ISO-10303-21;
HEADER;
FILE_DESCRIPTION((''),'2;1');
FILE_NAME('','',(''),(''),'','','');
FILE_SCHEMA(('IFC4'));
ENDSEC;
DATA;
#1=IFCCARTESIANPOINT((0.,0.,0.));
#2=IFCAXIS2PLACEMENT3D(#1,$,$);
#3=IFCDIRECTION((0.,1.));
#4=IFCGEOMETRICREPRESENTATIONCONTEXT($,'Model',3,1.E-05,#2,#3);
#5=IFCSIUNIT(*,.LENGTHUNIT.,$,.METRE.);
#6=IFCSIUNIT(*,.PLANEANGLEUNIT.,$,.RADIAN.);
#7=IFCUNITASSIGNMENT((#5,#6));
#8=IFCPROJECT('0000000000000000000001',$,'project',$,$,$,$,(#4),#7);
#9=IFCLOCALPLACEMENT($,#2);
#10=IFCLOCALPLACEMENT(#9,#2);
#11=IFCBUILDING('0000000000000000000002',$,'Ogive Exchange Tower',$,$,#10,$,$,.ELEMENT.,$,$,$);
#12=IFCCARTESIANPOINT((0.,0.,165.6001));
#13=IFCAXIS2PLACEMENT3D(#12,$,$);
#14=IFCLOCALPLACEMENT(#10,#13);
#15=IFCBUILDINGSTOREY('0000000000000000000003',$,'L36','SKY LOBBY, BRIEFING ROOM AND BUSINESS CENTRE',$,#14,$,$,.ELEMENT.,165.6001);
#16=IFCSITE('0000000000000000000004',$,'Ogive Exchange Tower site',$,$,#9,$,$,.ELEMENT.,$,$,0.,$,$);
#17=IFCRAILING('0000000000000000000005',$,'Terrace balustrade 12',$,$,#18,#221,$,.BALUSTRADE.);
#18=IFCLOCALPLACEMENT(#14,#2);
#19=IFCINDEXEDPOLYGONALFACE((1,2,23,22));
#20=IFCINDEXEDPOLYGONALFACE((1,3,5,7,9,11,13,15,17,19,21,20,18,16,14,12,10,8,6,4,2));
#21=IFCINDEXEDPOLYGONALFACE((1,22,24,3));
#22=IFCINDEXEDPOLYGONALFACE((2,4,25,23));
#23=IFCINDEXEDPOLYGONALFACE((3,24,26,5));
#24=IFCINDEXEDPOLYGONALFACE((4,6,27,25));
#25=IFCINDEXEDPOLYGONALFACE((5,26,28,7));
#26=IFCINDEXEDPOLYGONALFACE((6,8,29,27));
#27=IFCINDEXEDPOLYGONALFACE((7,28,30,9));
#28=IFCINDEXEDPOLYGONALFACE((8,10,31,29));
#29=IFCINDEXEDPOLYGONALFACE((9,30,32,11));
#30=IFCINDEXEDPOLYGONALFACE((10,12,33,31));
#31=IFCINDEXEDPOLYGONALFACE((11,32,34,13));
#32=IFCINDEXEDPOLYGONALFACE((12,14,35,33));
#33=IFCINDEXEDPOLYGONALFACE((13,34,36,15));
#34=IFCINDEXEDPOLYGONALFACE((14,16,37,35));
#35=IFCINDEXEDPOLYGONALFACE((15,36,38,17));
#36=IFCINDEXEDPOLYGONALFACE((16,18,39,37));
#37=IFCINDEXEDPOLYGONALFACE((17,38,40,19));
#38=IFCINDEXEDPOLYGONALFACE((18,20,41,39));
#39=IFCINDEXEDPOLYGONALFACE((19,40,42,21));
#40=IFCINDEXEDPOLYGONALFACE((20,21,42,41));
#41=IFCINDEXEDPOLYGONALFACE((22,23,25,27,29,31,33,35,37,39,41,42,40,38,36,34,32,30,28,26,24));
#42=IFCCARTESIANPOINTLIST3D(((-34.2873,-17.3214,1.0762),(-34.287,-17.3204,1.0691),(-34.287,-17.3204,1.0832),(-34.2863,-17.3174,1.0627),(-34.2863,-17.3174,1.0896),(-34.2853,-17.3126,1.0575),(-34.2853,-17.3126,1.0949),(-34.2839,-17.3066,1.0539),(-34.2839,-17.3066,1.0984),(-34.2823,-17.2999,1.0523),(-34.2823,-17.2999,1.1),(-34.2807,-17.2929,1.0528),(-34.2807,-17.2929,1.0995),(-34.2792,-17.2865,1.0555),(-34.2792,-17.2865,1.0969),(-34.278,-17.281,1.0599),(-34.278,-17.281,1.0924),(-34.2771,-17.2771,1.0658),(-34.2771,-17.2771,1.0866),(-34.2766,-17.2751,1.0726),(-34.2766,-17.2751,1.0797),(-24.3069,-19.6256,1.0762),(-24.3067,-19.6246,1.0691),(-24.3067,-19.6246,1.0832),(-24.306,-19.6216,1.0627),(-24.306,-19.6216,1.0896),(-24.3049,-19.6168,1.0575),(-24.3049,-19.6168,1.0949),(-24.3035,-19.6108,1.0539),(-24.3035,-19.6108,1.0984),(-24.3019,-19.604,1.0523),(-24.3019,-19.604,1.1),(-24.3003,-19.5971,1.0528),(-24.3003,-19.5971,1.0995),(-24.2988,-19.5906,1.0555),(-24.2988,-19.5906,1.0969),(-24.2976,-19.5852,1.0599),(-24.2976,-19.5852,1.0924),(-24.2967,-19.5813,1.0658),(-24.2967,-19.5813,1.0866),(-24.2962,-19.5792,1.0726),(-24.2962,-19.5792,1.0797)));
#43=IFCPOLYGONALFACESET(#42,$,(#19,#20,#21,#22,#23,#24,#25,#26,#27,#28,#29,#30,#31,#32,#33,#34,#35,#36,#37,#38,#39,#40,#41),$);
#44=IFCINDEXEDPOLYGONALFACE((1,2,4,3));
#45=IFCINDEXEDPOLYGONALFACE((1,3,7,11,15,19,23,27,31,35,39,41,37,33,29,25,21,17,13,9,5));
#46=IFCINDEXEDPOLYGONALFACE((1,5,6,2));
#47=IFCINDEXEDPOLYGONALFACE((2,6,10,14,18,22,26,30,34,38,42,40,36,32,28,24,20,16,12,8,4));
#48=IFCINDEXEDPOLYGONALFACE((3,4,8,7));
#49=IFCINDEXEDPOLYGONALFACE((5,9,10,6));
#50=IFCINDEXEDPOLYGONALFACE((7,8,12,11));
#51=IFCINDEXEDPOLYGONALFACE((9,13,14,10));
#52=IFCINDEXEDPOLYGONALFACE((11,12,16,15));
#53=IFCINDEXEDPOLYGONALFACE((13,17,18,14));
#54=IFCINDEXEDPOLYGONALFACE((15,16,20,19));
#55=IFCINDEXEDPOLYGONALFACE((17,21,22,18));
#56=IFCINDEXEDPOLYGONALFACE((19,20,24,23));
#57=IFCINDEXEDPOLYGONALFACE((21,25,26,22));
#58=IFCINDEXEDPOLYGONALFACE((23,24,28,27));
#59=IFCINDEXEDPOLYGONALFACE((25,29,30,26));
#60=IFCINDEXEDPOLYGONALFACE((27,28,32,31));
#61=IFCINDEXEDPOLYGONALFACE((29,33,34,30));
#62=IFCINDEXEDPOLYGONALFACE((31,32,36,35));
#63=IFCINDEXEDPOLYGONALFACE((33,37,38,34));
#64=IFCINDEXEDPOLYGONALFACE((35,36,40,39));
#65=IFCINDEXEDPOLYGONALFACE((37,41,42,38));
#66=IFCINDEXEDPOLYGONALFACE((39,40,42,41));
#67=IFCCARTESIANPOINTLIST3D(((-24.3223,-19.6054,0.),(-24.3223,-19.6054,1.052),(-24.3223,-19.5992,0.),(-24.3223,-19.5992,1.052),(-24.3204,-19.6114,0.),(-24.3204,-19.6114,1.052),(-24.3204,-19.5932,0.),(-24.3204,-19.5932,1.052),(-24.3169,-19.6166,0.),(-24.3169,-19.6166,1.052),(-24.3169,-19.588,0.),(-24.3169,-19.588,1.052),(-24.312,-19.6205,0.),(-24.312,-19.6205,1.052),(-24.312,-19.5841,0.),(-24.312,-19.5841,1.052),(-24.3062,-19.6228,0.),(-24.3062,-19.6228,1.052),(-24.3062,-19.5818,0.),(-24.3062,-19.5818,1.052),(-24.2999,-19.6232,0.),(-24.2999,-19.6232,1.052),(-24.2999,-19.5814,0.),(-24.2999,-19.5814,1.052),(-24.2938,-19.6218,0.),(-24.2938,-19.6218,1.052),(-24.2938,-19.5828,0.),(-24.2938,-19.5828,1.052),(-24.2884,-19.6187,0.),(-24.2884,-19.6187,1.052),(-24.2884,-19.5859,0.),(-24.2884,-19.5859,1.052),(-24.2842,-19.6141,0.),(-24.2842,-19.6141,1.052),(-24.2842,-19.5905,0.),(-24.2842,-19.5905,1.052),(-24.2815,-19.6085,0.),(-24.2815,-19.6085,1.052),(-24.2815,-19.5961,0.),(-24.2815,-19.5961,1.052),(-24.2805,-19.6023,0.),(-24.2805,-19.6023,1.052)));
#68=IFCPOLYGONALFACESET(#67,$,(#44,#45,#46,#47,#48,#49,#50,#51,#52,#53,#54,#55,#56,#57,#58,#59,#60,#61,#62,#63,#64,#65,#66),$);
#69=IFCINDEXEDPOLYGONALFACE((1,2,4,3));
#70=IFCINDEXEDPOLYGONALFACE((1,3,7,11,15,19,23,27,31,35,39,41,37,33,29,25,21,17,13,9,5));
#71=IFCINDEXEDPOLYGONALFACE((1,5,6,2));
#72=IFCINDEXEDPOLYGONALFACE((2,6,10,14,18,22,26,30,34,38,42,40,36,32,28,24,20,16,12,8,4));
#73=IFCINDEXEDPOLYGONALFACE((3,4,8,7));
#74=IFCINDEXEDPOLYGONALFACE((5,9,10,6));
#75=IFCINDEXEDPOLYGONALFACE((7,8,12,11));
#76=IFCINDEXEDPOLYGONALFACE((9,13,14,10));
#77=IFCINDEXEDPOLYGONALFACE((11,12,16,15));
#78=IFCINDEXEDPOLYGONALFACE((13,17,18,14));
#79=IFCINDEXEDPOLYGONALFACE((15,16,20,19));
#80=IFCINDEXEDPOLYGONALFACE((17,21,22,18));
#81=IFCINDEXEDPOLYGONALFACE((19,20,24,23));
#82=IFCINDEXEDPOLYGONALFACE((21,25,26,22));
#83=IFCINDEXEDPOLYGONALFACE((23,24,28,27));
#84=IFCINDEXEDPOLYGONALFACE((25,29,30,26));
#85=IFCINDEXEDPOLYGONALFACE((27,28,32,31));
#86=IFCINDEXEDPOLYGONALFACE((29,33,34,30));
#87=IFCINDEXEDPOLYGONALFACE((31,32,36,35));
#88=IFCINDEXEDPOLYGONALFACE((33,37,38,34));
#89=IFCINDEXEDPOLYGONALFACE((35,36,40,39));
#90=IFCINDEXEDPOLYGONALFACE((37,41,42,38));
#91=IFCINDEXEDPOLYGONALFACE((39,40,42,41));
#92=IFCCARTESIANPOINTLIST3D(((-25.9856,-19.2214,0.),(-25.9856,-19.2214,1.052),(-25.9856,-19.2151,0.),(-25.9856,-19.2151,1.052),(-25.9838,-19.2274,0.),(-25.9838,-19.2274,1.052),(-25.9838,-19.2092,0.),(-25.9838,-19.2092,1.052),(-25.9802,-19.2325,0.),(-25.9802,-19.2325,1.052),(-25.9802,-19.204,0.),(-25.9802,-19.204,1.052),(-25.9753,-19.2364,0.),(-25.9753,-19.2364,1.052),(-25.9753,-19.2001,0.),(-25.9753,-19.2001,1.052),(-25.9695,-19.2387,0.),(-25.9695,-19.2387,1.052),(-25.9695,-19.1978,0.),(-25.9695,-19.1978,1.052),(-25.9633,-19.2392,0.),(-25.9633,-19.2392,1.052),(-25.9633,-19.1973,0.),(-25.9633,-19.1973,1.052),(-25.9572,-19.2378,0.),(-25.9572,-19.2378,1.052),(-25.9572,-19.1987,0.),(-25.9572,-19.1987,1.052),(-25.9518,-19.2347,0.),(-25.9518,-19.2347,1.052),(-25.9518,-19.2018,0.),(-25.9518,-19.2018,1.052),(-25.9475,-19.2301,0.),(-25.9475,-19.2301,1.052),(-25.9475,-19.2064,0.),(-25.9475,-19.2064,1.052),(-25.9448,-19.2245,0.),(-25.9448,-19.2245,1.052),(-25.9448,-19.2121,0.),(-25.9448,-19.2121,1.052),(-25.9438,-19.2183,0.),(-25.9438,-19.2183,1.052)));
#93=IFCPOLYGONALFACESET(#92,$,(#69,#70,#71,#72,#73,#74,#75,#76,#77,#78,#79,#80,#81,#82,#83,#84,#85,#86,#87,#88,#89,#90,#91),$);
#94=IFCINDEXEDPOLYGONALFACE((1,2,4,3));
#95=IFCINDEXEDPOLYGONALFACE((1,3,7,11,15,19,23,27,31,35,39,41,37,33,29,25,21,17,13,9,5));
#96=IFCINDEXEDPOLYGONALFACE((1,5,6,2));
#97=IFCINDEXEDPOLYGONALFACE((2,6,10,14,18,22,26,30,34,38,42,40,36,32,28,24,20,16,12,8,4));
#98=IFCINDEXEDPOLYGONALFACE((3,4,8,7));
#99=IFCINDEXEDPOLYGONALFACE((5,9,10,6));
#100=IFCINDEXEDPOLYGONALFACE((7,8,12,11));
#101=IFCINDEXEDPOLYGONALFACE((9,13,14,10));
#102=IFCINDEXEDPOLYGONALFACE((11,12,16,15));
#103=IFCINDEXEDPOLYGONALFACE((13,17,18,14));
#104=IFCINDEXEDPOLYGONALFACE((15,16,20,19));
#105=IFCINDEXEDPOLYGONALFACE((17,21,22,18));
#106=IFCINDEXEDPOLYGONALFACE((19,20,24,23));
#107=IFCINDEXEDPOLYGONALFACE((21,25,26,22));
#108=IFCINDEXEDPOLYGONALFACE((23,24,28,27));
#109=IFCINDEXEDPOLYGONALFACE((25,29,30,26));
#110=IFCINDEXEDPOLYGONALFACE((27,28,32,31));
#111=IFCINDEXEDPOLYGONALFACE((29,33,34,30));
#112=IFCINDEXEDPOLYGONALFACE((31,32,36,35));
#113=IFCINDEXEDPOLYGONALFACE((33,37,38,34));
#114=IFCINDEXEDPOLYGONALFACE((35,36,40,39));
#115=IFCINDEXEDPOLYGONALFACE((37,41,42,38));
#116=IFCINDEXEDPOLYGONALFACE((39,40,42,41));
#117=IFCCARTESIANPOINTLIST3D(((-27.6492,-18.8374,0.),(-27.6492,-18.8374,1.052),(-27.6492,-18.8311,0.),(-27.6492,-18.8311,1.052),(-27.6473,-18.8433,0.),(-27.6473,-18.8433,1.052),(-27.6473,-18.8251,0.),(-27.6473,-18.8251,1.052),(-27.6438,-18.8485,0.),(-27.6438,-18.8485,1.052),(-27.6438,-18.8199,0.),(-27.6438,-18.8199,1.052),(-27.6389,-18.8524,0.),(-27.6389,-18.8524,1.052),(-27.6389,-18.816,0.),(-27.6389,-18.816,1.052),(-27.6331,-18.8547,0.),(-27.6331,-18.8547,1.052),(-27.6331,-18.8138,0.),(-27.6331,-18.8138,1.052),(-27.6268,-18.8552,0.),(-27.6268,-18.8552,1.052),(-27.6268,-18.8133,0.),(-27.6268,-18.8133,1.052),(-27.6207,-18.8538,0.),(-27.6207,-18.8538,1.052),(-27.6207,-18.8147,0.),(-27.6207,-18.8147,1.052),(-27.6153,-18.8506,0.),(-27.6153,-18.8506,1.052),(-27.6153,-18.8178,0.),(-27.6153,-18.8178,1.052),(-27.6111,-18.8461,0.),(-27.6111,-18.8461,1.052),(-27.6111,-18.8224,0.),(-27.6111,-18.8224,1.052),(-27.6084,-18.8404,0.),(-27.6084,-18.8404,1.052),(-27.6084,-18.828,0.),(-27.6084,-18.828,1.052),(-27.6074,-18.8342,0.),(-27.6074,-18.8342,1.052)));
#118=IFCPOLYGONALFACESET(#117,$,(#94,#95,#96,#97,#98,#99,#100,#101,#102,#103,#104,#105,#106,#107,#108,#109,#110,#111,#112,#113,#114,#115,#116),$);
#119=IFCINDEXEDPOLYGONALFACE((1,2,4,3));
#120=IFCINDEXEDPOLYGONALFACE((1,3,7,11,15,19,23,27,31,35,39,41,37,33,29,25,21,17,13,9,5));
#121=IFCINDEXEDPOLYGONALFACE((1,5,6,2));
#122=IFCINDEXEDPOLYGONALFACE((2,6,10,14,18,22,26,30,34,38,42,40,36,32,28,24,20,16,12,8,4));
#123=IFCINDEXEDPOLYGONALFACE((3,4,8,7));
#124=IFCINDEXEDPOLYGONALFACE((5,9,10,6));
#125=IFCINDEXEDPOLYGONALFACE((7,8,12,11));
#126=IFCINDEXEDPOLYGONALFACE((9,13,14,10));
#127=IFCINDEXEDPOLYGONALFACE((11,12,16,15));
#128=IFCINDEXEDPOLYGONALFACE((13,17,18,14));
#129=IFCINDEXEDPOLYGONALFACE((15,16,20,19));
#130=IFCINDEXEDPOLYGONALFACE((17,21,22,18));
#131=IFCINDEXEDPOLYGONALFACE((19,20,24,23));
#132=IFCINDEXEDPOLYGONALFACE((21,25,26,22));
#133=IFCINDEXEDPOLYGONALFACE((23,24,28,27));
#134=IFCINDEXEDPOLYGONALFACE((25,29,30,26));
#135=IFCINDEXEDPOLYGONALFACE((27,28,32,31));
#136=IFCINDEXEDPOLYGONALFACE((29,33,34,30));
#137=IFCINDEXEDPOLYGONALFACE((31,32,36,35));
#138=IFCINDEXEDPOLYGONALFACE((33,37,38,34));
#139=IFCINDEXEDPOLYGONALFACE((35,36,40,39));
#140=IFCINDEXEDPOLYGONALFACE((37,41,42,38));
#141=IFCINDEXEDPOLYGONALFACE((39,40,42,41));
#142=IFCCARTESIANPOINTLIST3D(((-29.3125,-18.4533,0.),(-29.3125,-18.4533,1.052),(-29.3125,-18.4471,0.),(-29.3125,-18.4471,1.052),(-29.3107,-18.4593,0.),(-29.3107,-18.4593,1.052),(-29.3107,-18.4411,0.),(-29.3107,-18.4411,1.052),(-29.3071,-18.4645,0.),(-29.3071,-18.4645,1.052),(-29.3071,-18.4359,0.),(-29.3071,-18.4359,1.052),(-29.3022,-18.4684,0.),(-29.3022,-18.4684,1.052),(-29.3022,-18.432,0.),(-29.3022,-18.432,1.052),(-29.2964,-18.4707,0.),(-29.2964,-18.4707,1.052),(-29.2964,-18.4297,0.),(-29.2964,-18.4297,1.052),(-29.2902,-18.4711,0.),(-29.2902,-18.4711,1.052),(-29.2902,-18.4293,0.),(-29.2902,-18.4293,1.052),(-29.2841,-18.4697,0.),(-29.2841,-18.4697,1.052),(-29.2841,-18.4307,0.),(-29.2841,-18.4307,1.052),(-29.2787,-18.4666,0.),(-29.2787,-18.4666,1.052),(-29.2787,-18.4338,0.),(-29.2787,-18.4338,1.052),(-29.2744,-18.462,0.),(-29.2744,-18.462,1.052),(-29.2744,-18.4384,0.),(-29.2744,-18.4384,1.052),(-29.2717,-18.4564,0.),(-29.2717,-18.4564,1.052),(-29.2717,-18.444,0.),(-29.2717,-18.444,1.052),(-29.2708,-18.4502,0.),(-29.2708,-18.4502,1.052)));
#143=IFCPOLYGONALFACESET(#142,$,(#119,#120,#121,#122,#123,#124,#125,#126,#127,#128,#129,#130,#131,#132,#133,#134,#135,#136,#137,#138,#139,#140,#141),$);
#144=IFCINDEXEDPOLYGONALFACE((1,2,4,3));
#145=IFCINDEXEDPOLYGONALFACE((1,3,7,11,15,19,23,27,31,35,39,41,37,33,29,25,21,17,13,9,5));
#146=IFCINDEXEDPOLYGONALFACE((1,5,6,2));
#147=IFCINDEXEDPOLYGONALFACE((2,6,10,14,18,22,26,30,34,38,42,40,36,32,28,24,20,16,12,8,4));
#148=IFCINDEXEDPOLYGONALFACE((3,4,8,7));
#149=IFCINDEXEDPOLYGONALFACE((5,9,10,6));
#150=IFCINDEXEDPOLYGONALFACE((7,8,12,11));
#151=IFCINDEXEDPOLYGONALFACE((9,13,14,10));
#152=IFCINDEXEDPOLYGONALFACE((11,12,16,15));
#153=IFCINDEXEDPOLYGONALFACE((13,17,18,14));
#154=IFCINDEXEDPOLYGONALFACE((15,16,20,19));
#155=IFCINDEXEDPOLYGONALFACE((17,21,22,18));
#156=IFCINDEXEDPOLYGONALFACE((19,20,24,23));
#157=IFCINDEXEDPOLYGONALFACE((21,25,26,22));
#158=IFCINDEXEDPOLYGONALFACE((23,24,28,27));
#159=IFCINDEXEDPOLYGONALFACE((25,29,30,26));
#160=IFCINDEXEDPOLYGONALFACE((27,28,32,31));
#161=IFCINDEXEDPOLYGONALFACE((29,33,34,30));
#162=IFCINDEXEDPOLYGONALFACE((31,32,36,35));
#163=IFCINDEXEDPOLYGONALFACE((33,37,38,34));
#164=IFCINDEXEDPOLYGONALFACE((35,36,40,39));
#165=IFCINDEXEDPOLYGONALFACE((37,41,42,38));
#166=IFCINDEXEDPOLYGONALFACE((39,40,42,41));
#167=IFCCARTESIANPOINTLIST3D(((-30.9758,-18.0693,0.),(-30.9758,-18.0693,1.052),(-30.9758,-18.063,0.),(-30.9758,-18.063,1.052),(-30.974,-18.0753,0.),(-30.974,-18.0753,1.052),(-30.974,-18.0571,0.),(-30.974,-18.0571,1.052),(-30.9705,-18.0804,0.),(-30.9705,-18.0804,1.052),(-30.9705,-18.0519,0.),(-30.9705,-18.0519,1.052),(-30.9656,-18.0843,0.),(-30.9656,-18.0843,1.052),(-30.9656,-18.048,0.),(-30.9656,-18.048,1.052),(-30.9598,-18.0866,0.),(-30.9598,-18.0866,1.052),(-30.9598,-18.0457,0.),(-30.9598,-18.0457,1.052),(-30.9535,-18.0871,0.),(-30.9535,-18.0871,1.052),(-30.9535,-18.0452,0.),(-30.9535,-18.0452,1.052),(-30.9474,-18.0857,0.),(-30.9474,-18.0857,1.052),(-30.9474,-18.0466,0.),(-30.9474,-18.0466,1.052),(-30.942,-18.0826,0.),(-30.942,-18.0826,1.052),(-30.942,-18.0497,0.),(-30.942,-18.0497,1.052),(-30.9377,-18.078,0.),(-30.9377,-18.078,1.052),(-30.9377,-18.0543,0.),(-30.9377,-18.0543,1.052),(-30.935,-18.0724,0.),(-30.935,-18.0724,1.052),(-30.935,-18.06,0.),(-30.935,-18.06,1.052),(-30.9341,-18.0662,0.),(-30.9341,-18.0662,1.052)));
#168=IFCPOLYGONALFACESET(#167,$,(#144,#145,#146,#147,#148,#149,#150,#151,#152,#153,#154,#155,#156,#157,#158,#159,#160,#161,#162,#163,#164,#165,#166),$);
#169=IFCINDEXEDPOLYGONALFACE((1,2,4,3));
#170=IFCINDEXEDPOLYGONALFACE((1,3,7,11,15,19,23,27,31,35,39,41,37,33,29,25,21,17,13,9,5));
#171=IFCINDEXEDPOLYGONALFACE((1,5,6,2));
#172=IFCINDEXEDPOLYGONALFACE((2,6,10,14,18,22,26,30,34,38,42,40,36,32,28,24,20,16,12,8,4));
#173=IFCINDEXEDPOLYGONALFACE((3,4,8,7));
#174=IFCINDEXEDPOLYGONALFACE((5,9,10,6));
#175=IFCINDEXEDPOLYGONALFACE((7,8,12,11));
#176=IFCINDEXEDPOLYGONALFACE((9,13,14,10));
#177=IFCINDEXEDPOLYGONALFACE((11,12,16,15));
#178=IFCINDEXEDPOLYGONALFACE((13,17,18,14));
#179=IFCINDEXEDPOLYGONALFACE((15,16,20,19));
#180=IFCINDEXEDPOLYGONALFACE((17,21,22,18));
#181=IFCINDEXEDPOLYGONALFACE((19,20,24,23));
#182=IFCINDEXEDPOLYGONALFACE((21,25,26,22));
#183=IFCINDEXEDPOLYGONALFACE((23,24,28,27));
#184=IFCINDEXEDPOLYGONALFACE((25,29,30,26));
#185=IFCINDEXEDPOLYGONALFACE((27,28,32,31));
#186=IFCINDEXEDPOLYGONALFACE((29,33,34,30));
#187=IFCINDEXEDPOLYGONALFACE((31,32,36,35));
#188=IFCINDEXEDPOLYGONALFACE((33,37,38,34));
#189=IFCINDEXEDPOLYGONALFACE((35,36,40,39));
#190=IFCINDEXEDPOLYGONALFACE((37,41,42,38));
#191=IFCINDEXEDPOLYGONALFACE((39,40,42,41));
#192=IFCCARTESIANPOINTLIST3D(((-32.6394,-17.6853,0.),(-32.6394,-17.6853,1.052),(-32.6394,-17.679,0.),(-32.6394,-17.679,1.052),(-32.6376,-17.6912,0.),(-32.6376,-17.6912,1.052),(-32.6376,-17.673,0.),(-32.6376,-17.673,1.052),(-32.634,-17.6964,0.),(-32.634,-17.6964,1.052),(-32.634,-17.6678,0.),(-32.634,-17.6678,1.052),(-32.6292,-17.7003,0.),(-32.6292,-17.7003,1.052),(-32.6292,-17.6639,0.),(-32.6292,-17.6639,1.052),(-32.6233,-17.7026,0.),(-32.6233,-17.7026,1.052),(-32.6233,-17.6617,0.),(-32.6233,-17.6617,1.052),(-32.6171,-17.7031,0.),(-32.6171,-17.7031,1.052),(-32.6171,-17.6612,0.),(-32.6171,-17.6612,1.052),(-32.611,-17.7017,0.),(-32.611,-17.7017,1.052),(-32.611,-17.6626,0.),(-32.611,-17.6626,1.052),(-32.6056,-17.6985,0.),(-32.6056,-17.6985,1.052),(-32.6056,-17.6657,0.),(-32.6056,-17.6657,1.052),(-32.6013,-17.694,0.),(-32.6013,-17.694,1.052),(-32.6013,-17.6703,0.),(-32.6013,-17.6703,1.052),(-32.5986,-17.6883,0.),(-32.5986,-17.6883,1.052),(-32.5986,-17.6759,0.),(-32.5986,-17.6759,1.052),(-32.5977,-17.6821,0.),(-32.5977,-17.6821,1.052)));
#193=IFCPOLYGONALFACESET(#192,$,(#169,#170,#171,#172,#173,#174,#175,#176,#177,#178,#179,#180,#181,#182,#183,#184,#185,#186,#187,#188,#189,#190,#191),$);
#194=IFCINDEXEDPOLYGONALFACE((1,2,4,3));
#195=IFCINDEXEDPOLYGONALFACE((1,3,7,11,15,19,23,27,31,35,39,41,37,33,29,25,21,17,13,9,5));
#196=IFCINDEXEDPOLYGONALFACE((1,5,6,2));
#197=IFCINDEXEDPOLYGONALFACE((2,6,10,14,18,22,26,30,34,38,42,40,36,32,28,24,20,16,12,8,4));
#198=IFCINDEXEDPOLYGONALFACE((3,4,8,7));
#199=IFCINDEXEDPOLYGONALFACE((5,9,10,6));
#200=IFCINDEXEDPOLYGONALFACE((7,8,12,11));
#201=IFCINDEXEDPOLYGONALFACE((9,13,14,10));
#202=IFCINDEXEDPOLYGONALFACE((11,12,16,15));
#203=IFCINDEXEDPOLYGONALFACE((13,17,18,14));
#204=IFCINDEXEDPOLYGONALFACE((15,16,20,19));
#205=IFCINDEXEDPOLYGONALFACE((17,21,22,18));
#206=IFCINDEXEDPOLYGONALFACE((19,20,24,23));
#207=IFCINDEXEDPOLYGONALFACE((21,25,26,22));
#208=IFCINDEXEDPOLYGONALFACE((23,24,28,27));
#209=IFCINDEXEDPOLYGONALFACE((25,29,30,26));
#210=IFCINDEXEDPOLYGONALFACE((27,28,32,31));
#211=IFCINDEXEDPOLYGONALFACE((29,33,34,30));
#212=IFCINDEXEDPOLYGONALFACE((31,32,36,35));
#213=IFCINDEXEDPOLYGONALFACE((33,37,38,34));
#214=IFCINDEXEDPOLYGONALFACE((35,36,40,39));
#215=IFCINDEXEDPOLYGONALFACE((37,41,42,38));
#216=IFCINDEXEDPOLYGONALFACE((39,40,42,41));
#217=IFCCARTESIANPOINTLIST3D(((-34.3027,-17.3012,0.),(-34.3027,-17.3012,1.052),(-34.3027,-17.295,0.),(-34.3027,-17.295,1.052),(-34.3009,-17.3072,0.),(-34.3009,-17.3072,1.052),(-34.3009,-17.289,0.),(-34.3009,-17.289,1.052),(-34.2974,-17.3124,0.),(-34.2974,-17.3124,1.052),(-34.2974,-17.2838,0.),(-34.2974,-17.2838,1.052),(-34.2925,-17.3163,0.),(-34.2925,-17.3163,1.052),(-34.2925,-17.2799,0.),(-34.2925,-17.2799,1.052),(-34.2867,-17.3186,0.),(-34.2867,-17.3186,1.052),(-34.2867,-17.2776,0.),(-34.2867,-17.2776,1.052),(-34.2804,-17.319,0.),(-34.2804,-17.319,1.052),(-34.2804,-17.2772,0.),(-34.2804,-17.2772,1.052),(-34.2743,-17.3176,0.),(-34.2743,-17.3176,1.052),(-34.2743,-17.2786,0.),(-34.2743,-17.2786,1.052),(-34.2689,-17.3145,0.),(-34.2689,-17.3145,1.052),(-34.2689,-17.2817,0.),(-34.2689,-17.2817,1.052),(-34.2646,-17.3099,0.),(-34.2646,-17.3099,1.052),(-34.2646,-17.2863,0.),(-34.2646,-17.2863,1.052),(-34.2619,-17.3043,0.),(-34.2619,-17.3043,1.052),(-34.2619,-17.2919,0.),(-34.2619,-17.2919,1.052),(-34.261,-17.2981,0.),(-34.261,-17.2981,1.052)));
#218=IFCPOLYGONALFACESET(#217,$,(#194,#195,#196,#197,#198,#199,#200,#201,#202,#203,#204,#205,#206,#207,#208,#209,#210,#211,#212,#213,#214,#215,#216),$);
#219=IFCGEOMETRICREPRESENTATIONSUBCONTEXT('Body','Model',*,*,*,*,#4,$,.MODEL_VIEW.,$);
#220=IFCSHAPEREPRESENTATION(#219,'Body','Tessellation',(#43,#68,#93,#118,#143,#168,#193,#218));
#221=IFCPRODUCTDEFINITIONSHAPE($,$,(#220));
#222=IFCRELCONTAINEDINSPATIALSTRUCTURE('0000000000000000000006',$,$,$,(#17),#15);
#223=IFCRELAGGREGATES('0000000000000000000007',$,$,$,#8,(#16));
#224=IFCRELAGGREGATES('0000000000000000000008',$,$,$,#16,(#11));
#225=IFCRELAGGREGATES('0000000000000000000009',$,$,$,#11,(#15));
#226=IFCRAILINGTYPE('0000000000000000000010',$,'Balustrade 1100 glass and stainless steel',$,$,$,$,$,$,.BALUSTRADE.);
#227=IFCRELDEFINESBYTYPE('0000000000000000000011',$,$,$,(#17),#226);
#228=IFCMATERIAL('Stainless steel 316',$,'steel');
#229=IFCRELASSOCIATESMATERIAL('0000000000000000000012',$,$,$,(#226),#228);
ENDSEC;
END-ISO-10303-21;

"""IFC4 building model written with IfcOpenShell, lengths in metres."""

from ifc_helpers import new_model, si_unit, direction, frame, origin, origin_2d, place, context, subcontext, project, spatial, circle, extrude, material, type_object, element, save


model = new_model("IFC4")

# Units and contexts
model_context = context("Model", 3, precision=1e-05, world=origin(), true_north=direction((0.0, 1.0)))
body_context = subcontext(model_context, "Body", "Model", "MODEL_VIEW")
ifc_project = project(units=[si_unit("LENGTHUNIT", "METRE"), si_unit("PLANEANGLEUNIT", "RADIAN")], contexts=[model_context])

# Site, building, storey
site_placement = place(None, origin())
site = spatial("IfcSite", under=ifc_project, at=site_placement, Name="Ogive Exchange Tower site", CompositionType="ELEMENT", RefElevation=0.0)
building_placement = place(site_placement, origin())
building = spatial("IfcBuilding", under=site, at=building_placement, Name="Ogive Exchange Tower", CompositionType="ELEMENT")
storey_placement = place(building_placement, frame((0.0, 0.0, 165.6001)))
storey = spatial("IfcBuildingStorey", under=building, at=storey_placement, Name="L36", Description="SKY LOBBY, BRIEFING ROOM AND BUSINESS CENTRE", CompositionType="ELEMENT", Elevation=165.6001)

# Railing
ifc_material_1 = material(Name="Stainless steel 316", Category="steel")
railing_type_1 = type_object("IfcRailingType", Name="Balustrade 1100 glass and stainless steel", PredefinedType="BALUSTRADE", material=ifc_material_1)
railing_1_placement = place(storey_placement, frame((-24.3015, -19.6023, 0.0)))
element("IfcRailing", 1, at=railing_1_placement, inside=storey, type_object=railing_type_1, Name="Terrace balustrade 12", PredefinedType="BALUSTRADE", context=body_context, shape_type="SweptSolid", body=[
    extrude(circle(Radius=0.0239, at=origin_2d()), frame((0.0, 0.0, 1.0762), z_axis=(-0.974369, 0.224954, 0.0), x_axis=(-0.224954, -0.974369, 0.0)), (0.0, 0.0, 1.0), 10.2429),
    extrude(circle(Radius=0.021, at=origin_2d()), origin(), (0.0, 0.0, 1.0), 1.052),
    extrude(circle(Radius=0.021, at=origin_2d()), frame((-1.6633, 0.384, 0.0)), (0.0, 0.0, 1.0), 1.052),
    extrude(circle(Radius=0.021, at=origin_2d()), frame((-3.3269, 0.7681, 0.0)), (0.0, 0.0, 1.0), 1.052),
    extrude(circle(Radius=0.021, at=origin_2d()), frame((-4.9902, 1.1521, 0.0)), (0.0, 0.0, 1.0), 1.052),
    extrude(circle(Radius=0.021, at=origin_2d()), frame((-6.6536, 1.5361, 0.0)), (0.0, 0.0, 1.0), 1.052),
    extrude(circle(Radius=0.021, at=origin_2d()), frame((-8.3171, 1.9202, 0.0)), (0.0, 0.0, 1.0), 1.052),
    extrude(circle(Radius=0.021, at=origin_2d()), frame((-9.9805, 2.3042, 0.0)), (0.0, 0.0, 1.0), 1.052),
])

save(model, "model.ifc")
